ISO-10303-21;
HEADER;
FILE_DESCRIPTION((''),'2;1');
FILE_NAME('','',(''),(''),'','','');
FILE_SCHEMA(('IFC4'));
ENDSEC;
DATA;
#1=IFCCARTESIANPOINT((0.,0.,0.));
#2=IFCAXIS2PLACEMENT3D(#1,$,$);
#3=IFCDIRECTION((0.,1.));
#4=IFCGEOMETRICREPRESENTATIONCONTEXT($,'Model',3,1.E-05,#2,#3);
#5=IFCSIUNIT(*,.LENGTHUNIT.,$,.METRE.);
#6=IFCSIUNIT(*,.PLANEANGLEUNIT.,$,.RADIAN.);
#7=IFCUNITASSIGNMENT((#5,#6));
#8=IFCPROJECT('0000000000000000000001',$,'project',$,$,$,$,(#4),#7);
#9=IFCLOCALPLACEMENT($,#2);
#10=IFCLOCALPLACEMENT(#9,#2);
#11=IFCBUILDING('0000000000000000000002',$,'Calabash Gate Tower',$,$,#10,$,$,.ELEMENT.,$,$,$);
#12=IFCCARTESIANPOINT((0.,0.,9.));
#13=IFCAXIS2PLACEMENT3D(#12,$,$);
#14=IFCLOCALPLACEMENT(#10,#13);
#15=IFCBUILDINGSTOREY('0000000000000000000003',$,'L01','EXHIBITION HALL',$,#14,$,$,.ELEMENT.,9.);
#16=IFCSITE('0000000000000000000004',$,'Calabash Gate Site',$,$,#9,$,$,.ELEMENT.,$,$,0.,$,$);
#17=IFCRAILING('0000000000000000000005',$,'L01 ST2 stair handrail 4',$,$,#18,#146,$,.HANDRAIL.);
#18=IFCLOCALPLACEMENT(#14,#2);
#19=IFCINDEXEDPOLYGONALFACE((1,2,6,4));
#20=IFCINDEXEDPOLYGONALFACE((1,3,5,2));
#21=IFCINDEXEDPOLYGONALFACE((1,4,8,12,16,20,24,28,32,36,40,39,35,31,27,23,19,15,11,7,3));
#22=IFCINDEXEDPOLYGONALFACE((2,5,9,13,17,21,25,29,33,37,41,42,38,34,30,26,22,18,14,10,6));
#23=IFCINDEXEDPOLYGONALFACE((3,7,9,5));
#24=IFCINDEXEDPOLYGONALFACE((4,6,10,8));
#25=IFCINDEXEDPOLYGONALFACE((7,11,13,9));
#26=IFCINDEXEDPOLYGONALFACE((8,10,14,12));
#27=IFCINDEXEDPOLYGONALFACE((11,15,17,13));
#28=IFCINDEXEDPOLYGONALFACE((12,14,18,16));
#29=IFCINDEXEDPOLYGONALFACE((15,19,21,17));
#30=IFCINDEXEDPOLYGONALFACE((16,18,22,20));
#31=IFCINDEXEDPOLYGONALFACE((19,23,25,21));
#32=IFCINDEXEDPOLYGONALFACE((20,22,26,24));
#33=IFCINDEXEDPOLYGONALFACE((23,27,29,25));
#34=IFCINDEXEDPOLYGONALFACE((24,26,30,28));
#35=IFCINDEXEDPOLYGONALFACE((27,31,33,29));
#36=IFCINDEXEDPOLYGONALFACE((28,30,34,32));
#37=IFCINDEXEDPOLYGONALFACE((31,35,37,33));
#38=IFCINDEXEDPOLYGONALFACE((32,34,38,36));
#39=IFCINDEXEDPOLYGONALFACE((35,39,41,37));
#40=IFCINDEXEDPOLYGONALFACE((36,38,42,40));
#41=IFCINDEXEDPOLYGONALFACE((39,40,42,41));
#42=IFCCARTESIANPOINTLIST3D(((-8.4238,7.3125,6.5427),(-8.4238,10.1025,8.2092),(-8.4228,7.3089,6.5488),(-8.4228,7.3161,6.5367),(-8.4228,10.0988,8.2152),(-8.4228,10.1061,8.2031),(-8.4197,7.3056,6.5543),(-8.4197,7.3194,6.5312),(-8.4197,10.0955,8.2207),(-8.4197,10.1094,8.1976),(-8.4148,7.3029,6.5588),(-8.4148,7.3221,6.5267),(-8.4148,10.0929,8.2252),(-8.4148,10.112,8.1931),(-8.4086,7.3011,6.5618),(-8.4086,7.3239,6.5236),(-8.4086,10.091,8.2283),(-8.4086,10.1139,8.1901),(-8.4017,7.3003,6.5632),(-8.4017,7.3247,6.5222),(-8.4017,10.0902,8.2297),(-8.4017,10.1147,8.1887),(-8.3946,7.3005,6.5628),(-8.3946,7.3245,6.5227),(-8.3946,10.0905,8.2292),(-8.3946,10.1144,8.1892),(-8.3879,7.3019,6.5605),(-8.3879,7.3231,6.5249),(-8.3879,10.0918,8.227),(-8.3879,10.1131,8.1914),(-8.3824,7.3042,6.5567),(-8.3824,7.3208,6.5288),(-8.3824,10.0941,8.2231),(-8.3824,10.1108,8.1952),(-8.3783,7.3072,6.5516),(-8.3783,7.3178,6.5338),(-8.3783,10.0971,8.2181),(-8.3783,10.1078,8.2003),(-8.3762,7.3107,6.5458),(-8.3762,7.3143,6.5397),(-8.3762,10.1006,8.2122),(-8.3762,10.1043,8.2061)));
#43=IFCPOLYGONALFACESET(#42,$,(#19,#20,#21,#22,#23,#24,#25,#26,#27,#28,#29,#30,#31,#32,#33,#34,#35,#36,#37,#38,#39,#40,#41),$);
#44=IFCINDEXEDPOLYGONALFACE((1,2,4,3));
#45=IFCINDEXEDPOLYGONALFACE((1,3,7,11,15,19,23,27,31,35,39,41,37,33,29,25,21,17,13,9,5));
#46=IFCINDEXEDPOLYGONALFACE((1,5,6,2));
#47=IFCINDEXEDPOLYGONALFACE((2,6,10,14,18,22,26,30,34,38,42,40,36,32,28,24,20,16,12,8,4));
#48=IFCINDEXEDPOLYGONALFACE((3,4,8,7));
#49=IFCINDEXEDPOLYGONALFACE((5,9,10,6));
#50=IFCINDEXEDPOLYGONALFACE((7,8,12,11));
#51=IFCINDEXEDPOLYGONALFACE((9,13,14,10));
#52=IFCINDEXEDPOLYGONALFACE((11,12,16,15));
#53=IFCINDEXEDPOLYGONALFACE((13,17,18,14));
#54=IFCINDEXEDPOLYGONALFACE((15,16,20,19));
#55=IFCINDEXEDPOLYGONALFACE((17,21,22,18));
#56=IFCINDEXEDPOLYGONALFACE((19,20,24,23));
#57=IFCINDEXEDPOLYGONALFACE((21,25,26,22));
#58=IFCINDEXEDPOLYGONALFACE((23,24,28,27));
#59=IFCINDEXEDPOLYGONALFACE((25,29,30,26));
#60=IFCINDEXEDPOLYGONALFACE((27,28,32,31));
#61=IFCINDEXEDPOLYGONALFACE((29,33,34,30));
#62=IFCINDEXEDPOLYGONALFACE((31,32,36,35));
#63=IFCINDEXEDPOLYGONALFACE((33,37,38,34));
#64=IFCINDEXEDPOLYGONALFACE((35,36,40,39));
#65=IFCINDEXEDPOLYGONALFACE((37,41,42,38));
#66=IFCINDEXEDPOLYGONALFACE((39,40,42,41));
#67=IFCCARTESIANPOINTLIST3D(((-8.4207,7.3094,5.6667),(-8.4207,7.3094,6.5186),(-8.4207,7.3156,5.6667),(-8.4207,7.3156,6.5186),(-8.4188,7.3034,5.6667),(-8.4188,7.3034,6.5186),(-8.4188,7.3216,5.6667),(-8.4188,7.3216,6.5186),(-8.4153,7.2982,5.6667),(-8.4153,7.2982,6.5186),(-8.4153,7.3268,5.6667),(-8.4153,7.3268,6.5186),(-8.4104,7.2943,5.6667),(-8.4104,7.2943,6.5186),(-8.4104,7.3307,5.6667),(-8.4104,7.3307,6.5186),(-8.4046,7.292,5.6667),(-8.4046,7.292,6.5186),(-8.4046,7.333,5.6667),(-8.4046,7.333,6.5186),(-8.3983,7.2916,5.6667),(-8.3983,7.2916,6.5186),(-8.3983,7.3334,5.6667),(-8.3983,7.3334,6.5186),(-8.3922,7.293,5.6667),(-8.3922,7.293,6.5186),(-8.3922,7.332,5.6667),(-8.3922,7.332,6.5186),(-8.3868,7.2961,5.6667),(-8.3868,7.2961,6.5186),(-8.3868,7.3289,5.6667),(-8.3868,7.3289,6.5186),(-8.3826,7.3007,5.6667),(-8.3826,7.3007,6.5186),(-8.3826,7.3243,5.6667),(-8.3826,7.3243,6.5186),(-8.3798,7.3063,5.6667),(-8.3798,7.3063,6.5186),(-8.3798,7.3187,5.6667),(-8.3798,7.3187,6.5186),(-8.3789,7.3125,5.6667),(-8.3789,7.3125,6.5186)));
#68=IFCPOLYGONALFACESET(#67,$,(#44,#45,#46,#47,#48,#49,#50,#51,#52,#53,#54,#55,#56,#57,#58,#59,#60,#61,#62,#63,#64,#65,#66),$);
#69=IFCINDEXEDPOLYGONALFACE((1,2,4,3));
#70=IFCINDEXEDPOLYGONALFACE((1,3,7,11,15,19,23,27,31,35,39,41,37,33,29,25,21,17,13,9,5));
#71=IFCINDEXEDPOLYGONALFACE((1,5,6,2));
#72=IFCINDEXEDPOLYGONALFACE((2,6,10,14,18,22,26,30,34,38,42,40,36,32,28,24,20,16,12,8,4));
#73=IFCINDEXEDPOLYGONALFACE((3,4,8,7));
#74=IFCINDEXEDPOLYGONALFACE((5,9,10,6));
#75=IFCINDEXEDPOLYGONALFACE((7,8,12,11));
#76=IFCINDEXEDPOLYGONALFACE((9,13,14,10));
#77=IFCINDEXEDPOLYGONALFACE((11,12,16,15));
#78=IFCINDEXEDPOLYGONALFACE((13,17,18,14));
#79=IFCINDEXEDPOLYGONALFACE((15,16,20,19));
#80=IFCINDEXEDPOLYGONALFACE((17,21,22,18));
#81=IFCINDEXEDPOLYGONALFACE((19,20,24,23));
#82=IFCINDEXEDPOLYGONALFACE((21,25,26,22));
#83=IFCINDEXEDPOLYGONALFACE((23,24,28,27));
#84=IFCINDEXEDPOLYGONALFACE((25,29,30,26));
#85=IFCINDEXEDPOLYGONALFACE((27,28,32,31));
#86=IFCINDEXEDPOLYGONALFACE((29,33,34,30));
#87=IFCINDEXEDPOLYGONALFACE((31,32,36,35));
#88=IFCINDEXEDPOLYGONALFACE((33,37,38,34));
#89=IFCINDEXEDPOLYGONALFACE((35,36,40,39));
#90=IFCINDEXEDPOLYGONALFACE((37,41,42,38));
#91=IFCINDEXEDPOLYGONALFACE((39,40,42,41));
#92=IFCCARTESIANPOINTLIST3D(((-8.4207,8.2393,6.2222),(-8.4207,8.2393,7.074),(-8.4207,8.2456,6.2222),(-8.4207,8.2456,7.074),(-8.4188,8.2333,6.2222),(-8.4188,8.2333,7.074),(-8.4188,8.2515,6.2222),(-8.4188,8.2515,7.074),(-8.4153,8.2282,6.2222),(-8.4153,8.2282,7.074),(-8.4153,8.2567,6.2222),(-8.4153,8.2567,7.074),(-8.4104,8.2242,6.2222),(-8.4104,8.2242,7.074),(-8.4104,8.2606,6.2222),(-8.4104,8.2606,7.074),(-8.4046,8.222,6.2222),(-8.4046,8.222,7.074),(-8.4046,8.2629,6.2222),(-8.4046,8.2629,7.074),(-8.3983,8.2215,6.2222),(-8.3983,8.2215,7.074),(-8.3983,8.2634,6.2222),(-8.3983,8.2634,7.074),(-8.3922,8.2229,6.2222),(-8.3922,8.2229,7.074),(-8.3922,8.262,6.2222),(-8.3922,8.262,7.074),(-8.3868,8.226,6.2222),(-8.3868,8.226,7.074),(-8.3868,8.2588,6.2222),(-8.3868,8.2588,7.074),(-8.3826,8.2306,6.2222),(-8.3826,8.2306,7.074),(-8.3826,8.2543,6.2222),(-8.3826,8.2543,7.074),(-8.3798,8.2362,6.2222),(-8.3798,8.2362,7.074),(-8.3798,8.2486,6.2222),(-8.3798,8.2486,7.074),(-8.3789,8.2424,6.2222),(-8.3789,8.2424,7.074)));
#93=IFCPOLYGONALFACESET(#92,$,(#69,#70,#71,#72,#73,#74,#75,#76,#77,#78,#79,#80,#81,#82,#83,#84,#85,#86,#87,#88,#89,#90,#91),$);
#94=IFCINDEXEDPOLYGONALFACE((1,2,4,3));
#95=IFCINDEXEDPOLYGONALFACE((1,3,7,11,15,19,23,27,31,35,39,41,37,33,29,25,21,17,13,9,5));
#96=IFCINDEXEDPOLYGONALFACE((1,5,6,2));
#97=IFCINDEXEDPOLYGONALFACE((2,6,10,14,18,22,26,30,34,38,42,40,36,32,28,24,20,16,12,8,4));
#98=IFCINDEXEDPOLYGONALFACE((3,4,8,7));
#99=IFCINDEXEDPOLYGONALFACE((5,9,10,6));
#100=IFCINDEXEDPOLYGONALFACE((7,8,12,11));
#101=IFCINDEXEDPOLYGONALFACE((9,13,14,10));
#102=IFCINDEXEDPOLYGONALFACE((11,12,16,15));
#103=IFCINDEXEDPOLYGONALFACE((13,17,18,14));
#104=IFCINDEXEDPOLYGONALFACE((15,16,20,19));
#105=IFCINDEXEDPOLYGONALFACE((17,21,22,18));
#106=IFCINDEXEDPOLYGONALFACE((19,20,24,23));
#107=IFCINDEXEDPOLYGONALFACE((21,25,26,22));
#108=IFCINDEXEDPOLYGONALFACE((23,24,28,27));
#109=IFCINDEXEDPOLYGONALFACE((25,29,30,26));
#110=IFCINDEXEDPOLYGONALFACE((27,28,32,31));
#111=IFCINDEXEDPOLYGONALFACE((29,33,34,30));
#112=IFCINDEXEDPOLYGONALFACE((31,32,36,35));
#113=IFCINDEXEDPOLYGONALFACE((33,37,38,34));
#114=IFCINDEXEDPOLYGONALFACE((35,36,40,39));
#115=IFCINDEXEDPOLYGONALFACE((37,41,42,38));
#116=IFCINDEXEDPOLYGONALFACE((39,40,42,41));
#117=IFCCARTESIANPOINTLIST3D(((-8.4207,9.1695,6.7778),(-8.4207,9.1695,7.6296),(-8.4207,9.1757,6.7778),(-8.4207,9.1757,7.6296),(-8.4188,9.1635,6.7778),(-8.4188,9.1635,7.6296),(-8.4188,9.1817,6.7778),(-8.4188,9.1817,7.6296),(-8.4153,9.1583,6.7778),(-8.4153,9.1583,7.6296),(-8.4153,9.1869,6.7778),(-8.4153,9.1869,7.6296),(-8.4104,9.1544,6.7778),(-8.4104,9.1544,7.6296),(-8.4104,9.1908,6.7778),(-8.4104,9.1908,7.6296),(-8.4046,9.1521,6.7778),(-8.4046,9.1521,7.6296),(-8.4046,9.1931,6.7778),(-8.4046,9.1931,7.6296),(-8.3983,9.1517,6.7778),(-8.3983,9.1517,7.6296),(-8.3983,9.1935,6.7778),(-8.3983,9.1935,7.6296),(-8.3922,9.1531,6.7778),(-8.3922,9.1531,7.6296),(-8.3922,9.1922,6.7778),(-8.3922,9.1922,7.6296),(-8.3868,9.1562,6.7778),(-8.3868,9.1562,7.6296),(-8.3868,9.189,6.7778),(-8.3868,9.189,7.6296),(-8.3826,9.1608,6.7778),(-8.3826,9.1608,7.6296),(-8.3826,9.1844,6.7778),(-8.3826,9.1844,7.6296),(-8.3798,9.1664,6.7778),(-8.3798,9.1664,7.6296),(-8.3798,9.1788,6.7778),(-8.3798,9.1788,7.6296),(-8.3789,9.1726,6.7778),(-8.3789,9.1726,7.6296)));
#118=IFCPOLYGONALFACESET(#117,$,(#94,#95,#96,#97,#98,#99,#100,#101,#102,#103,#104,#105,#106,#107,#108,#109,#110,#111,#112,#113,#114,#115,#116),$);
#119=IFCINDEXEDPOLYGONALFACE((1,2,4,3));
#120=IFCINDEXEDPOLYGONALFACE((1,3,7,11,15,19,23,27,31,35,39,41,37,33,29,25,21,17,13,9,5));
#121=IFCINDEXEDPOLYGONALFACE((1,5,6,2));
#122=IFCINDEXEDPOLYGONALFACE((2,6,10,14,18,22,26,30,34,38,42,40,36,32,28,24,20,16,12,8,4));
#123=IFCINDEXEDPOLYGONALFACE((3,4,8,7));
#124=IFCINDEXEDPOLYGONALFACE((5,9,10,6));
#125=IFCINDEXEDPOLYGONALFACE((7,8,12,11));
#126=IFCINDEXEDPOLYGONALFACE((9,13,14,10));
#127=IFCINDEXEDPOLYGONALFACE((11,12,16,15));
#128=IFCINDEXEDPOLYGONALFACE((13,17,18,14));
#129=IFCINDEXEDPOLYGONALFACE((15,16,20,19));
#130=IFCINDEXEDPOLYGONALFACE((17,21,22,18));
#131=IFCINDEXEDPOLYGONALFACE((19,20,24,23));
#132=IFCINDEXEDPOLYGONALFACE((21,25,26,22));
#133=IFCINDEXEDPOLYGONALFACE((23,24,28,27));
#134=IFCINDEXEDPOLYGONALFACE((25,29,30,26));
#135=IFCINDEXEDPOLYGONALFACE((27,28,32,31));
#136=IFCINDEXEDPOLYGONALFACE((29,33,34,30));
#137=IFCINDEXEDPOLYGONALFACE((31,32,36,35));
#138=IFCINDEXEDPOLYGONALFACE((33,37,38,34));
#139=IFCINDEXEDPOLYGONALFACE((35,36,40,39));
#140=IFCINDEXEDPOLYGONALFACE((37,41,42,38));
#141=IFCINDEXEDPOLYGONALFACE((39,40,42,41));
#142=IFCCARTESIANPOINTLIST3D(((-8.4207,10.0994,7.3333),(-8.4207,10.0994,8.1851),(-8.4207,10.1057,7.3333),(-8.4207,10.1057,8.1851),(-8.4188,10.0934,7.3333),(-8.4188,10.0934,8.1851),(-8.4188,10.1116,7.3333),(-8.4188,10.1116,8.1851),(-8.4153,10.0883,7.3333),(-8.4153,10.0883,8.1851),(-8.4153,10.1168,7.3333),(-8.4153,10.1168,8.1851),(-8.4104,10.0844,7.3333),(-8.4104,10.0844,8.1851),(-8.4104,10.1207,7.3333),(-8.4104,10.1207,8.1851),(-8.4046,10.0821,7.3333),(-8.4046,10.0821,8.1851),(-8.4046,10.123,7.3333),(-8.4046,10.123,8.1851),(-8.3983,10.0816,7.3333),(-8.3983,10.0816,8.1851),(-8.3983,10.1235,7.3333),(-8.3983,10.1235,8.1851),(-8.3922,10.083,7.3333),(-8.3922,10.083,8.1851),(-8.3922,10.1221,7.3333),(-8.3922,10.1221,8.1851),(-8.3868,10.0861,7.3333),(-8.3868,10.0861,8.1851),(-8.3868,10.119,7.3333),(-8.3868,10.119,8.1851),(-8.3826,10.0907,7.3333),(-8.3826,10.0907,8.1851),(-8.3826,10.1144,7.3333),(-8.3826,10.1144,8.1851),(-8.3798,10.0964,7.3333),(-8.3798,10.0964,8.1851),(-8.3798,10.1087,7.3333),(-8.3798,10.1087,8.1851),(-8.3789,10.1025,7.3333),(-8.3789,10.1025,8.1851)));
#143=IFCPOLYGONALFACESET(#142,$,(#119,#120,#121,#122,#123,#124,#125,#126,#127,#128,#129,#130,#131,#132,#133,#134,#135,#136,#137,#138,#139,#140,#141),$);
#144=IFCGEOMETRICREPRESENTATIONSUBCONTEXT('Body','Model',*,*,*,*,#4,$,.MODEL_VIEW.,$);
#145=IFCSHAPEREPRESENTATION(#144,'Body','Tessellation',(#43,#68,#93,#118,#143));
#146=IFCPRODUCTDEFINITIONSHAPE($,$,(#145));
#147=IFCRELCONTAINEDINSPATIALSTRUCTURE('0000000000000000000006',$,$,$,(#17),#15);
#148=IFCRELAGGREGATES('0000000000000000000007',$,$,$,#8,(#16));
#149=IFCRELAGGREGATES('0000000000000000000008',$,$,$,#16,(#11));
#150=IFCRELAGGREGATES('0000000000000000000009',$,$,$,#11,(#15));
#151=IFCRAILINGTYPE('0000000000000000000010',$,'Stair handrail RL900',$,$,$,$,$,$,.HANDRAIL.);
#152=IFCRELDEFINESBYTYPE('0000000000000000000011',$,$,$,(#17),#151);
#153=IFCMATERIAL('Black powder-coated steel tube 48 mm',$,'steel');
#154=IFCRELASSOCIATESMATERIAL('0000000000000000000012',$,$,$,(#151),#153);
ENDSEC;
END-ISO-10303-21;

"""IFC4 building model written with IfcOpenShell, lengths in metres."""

from ifc_helpers import new_model, si_unit, direction, frame, origin, origin_2d, place, context, subcontext, project, spatial, circle, extrude, material, type_object, element, save


model = new_model("IFC4")

# Units and contexts
model_context = context("Model", 3, precision=1e-05, world=origin(), true_north=direction((0.0, 1.0)))
body_context = subcontext(model_context, "Body", "Model", "MODEL_VIEW")
ifc_project = project(units=[si_unit("LENGTHUNIT", "METRE"), si_unit("PLANEANGLEUNIT", "RADIAN")], contexts=[model_context])

# Site, building, storey
site_placement = place(None, origin())
site = spatial("IfcSite", under=ifc_project, at=site_placement, Name="Calabash Gate Site", CompositionType="ELEMENT", RefElevation=0.0)
building_placement = place(site_placement, origin())
building = spatial("IfcBuilding", under=site, at=building_placement, Name="Calabash Gate Tower", CompositionType="ELEMENT")
storey_placement = place(building_placement, frame((0.0, 0.0, 9.0)))
storey = spatial("IfcBuildingStorey", under=building, at=storey_placement, Name="L01", Description="EXHIBITION HALL", CompositionType="ELEMENT", Elevation=9.0)

# Railing
ifc_material_1 = material(Name="Black powder-coated steel tube 48 mm", Category="steel")
railing_type = type_object("IfcRailingType", Name="Stair handrail RL900", PredefinedType="HANDRAIL", material=ifc_material_1)
railing_1_placement = place(storey_placement, frame((-8.3999, 7.3125, 5.6667)))
element("IfcRailing", 1, at=railing_1_placement, inside=storey, type_object=railing_type, Name="L01 ST2 stair handrail 4", PredefinedType="HANDRAIL", context=body_context, shape_type="SweptSolid", body=[
    extrude(circle(Radius=0.0239, at=origin_2d()), frame((0.0, 0.0, 0.876), z_axis=(0.0, 0.858512, 0.512793), x_axis=(-1.0, 0.0, 0.0)), (0.0, 0.0, 1.0), 3.2498),
    extrude(circle(Radius=0.021, at=origin_2d()), origin(), (0.0, 0.0, 1.0), 0.8518),
    extrude(circle(Radius=0.021, at=origin_2d()), frame((0.0, 0.9299, 0.5554)), (0.0, 0.0, 1.0), 0.8518),
    extrude(circle(Radius=0.021, at=origin_2d()), frame((0.0, 1.8601, 1.1111)), (0.0, 0.0, 1.0), 0.8518),
    extrude(circle(Radius=0.021, at=origin_2d()), frame((0.0, 2.79, 1.6665)), (0.0, 0.0, 1.0), 0.8518),
])

save(model, "model.ifc")
